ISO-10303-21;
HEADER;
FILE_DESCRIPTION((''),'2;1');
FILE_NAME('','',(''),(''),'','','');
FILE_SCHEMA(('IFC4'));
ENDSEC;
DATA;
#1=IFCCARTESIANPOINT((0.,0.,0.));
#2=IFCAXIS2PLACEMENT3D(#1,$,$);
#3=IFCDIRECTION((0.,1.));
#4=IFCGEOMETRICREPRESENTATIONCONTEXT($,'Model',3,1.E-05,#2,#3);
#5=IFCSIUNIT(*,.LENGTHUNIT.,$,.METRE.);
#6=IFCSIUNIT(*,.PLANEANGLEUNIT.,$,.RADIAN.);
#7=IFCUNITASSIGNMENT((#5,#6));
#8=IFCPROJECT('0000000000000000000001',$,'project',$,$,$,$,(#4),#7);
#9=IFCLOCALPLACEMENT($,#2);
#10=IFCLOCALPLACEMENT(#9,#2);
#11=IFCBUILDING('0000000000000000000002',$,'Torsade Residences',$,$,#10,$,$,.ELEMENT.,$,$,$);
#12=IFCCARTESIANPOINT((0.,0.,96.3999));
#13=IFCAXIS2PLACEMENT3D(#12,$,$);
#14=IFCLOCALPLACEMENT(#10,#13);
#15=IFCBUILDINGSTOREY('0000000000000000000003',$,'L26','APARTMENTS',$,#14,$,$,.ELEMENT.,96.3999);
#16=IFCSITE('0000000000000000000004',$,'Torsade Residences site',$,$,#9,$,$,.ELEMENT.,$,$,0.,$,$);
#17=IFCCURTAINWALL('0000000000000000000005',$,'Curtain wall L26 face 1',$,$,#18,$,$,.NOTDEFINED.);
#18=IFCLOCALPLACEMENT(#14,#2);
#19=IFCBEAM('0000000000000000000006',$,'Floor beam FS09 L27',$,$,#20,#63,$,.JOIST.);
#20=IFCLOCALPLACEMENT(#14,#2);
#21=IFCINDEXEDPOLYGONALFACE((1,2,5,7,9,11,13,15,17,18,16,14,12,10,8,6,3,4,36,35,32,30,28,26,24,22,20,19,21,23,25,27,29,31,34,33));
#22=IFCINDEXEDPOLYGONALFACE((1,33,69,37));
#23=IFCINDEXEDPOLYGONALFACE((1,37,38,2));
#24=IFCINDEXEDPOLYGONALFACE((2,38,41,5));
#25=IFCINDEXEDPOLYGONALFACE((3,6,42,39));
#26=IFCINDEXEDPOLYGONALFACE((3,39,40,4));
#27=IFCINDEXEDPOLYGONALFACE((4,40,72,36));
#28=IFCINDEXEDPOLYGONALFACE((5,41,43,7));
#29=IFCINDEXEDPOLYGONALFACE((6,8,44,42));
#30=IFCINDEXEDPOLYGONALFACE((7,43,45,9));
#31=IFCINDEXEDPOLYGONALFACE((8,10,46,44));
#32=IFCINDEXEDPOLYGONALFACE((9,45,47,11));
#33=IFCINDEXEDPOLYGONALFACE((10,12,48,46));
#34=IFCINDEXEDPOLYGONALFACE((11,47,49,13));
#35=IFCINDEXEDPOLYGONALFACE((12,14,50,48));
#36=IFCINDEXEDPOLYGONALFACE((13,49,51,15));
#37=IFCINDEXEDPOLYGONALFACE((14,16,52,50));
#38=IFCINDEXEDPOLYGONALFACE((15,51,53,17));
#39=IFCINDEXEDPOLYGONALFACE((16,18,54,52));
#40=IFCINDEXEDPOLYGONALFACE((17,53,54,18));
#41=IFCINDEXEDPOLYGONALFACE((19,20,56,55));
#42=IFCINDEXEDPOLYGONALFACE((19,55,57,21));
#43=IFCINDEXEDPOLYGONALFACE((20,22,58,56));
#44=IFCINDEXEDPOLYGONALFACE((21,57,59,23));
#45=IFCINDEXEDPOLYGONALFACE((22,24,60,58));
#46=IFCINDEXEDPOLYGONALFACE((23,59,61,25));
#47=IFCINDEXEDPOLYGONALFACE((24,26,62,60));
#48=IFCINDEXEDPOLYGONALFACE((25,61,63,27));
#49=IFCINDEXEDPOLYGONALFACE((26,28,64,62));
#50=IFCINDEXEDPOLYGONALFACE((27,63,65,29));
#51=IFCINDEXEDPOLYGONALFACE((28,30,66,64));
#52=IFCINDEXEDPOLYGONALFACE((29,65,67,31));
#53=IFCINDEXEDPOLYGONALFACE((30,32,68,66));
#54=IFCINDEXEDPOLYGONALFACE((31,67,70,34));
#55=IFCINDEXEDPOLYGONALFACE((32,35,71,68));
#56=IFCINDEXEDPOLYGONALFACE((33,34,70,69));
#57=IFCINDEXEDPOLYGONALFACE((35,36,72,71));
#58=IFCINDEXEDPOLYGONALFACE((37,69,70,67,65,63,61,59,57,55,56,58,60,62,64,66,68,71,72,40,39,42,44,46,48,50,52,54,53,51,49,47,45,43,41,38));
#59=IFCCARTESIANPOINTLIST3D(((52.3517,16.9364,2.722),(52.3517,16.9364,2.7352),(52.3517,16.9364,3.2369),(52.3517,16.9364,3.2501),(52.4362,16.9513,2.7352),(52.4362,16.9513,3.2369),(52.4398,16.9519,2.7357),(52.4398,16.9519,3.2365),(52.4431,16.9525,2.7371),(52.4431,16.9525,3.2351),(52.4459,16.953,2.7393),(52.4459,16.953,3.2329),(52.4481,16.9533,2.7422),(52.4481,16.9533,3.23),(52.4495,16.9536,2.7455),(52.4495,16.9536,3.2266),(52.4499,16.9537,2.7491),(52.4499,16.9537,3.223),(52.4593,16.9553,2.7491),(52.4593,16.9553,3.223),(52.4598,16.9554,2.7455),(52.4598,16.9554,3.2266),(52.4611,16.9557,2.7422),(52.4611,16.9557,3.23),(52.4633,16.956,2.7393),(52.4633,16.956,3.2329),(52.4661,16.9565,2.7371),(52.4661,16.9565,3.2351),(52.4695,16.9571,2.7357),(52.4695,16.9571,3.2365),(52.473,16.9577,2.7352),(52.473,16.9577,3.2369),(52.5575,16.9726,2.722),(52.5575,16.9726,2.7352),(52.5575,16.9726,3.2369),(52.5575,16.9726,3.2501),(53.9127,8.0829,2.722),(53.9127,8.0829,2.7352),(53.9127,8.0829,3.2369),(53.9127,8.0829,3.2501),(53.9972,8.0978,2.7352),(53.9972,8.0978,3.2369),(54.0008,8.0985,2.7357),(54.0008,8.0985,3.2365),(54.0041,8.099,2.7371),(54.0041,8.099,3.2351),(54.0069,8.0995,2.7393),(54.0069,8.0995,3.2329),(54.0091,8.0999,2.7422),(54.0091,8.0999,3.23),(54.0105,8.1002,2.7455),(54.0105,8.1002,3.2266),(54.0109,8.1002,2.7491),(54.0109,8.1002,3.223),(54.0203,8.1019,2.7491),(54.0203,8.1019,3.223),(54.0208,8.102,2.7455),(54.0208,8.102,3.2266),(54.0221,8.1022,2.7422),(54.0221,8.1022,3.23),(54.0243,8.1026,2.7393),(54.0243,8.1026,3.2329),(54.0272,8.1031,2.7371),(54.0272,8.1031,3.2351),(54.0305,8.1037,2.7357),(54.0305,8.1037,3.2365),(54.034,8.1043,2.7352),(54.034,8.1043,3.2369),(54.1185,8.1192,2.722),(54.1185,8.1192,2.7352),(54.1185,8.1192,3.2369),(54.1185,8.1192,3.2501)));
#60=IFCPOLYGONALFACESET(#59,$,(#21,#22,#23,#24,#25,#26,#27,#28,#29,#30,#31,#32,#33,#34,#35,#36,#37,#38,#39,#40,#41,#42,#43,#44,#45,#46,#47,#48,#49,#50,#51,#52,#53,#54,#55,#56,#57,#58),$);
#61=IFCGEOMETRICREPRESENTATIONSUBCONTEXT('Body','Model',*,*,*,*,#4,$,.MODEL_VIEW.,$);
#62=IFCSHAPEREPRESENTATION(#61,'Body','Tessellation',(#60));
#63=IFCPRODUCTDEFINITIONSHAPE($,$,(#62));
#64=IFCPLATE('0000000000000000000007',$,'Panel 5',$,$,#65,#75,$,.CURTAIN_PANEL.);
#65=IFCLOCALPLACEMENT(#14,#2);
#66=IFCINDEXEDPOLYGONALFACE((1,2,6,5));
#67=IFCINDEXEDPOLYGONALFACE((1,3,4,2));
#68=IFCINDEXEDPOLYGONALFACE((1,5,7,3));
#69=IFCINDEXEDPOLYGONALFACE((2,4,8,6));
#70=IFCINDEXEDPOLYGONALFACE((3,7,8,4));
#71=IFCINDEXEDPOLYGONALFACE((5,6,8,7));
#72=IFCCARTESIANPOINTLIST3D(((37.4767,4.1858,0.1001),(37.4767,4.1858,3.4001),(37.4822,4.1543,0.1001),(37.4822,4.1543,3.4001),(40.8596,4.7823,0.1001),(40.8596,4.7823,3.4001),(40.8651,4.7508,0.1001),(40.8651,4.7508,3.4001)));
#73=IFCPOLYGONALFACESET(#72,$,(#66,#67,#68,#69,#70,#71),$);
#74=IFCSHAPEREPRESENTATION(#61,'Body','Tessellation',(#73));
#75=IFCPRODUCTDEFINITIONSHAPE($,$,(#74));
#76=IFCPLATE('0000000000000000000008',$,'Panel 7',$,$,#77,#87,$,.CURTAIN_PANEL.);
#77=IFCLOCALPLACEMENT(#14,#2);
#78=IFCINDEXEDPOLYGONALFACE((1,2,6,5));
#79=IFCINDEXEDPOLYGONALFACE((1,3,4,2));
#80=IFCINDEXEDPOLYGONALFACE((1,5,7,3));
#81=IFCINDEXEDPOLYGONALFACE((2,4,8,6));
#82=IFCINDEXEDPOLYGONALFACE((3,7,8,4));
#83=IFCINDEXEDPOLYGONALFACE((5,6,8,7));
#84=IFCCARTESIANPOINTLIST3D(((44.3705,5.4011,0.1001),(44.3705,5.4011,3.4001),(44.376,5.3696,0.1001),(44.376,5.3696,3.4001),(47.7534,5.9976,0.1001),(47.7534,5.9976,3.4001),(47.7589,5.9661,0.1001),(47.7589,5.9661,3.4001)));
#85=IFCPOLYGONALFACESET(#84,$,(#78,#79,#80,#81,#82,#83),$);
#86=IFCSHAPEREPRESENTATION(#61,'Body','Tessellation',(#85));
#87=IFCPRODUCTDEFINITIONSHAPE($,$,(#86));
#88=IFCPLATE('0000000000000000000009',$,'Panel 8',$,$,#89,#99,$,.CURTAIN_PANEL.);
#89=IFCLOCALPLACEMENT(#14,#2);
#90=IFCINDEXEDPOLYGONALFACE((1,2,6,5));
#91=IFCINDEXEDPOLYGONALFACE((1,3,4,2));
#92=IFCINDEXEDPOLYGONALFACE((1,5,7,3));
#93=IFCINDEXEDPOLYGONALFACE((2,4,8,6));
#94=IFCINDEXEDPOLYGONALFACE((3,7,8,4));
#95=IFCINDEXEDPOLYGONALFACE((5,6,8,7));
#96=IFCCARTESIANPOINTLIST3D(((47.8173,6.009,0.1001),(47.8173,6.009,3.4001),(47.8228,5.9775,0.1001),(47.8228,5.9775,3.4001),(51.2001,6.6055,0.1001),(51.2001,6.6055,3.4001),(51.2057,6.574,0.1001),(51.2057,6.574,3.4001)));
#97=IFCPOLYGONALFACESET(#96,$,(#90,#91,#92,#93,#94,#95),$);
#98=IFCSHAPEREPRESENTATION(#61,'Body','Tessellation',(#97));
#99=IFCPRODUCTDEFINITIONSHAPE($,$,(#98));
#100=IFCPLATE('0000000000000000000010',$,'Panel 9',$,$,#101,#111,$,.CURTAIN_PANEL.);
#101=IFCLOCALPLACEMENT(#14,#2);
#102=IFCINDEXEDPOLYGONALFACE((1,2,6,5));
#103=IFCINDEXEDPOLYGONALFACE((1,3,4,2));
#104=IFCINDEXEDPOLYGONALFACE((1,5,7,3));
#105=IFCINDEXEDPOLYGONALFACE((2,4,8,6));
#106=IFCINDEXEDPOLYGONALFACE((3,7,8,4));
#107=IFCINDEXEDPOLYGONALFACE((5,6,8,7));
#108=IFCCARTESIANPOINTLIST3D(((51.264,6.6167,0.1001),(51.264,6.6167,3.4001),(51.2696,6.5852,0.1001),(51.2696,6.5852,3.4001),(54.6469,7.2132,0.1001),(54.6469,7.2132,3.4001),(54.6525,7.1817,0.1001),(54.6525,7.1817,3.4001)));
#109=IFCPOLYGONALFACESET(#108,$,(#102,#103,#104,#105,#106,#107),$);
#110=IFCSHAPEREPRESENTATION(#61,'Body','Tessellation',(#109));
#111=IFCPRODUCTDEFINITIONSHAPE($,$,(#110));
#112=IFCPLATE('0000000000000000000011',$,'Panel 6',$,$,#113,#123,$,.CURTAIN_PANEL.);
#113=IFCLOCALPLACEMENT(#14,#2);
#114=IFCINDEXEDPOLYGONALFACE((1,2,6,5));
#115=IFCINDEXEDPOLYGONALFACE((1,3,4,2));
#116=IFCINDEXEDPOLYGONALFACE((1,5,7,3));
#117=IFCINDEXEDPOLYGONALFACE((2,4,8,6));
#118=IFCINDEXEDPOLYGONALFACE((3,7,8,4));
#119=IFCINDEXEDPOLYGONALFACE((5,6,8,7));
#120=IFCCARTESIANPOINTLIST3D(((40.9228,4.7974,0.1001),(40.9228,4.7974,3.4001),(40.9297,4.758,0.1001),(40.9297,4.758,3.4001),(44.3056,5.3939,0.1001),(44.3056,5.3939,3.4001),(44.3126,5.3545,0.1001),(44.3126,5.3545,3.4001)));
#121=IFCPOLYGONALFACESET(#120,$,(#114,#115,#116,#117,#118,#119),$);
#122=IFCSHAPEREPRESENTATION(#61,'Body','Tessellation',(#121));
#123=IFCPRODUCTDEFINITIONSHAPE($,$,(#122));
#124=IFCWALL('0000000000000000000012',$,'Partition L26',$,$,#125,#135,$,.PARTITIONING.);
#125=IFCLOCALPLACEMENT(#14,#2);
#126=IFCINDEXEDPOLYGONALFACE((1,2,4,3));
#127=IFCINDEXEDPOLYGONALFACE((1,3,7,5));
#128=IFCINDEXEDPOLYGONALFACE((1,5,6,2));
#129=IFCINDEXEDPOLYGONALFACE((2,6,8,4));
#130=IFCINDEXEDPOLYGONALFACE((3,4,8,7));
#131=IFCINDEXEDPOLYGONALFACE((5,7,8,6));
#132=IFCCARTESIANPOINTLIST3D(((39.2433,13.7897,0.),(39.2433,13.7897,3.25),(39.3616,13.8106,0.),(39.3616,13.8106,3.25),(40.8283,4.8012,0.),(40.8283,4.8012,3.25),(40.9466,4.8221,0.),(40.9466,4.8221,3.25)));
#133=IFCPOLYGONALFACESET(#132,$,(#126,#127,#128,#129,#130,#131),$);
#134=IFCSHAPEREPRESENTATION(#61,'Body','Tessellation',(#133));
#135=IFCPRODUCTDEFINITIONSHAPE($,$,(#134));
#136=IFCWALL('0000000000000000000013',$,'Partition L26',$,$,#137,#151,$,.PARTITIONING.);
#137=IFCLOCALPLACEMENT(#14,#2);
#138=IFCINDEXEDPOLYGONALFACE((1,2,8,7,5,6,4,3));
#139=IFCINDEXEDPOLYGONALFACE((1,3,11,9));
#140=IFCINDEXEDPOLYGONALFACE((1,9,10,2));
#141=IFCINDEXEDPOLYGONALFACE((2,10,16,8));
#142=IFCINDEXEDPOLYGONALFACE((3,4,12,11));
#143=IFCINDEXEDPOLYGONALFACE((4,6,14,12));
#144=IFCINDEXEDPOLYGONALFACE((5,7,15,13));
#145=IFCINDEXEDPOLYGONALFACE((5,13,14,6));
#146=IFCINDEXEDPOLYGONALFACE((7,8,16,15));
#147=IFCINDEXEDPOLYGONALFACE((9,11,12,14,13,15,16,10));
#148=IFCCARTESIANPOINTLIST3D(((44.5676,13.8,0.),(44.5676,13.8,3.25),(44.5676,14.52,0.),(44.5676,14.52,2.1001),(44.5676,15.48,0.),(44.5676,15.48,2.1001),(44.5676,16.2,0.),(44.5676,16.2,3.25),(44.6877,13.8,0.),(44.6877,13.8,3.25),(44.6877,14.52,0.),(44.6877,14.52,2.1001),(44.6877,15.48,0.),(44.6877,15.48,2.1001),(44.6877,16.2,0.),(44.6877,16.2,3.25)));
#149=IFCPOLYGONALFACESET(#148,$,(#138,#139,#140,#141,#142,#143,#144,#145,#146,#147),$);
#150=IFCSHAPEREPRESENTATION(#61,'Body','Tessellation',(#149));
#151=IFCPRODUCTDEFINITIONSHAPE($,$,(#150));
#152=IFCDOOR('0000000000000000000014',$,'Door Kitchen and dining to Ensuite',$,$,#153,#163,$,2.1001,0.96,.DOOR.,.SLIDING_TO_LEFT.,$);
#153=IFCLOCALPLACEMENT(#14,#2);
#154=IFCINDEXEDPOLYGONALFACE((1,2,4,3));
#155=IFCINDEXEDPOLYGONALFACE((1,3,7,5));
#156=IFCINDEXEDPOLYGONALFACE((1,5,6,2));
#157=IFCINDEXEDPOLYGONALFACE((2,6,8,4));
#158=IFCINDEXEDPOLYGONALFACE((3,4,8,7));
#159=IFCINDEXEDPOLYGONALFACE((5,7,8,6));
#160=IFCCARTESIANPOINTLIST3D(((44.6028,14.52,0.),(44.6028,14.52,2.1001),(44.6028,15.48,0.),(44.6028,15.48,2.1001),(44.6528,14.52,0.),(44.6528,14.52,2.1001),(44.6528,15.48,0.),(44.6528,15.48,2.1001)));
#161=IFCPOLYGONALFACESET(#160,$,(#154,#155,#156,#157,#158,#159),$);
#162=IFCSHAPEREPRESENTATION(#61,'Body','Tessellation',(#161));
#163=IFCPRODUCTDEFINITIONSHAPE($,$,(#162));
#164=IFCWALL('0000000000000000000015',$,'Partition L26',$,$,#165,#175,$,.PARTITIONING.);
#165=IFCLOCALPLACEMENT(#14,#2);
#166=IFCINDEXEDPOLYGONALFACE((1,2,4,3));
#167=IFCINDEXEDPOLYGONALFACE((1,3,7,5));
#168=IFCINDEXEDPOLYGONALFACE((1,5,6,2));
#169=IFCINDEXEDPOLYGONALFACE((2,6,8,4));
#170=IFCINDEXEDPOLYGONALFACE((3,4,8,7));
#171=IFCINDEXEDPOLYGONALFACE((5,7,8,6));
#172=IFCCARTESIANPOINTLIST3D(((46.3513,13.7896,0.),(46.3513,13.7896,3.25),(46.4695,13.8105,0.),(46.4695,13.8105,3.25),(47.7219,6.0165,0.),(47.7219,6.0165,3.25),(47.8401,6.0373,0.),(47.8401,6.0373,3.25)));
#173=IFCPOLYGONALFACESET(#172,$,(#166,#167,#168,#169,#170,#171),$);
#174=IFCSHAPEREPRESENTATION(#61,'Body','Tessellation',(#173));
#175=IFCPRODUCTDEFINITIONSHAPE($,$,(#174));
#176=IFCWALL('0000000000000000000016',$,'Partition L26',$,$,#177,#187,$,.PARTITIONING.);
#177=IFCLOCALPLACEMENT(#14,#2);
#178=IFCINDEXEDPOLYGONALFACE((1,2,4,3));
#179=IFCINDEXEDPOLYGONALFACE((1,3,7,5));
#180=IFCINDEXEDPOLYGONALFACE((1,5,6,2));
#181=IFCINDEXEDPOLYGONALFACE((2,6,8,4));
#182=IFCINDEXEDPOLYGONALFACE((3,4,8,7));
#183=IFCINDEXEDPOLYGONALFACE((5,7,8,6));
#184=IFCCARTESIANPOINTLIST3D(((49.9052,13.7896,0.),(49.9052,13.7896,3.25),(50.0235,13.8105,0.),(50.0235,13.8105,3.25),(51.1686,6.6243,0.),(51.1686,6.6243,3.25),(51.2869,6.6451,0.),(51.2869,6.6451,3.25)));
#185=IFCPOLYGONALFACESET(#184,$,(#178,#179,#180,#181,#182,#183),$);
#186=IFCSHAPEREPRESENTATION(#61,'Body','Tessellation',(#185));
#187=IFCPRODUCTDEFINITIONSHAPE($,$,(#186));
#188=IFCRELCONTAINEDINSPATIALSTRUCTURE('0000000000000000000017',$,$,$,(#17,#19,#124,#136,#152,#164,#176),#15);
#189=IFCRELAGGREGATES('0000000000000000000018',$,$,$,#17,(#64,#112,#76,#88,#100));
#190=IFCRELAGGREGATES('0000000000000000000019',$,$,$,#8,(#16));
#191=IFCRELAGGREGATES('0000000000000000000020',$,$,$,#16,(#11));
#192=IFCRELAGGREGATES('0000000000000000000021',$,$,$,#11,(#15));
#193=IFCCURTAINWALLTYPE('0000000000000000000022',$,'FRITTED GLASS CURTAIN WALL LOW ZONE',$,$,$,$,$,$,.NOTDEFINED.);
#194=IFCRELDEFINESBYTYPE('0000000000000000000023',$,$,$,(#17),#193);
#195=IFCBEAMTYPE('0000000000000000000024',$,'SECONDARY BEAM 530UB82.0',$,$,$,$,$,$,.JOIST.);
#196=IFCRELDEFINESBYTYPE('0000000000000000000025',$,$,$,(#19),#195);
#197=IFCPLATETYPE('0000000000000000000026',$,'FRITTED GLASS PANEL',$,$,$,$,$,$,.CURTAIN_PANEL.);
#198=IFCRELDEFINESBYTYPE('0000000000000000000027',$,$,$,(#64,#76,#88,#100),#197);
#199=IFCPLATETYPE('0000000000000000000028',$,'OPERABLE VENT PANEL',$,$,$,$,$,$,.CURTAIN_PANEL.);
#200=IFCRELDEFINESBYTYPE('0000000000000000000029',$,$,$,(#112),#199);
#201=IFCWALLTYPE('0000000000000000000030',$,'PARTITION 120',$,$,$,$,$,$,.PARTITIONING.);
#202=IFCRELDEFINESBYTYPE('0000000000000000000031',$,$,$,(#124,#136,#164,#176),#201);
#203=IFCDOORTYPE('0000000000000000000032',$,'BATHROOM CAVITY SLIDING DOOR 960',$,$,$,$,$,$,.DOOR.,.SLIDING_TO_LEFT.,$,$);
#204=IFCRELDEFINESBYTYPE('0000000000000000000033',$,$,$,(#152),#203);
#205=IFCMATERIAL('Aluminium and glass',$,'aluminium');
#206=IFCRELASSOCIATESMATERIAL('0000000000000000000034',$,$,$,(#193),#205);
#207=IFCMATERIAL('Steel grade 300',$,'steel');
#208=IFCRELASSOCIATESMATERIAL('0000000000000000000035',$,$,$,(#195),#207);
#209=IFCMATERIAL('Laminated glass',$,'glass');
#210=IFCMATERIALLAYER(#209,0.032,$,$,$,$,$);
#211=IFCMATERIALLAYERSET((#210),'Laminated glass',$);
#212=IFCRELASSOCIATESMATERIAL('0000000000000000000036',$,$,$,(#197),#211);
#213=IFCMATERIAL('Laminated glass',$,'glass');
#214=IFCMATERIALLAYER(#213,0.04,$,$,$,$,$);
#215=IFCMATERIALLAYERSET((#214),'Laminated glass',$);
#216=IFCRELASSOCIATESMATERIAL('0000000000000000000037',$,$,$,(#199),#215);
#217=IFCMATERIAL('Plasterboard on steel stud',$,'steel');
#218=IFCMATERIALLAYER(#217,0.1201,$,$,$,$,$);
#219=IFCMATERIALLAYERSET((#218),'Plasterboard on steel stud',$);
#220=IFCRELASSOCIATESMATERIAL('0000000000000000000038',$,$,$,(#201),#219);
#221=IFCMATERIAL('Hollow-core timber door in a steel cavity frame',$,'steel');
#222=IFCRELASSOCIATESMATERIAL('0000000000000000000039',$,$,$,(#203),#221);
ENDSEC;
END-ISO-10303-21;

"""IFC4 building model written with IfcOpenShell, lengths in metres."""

from ifc_helpers import new_model, si_unit, direction, frame, frame_2d, origin, origin_2d, place, context, subcontext, project, spatial, rectangle, i_section, extrude, material, layer, layer_set, material_profile, profile_set, type_object, element, fill, aggregate, save


model = new_model("IFC4")

# Units and contexts
model_context = context("Model", 3, precision=1e-05, world=origin(), true_north=direction((0.0, 1.0)))
body_context = subcontext(model_context, "Body", "Model", "MODEL_VIEW")
ifc_project = project(units=[si_unit("LENGTHUNIT", "METRE"), si_unit("PLANEANGLEUNIT", "RADIAN")], contexts=[model_context])

# Site, building, storey
site_placement = place(None, origin())
site = spatial("IfcSite", under=ifc_project, at=site_placement, Name="Torsade Residences site", CompositionType="ELEMENT", RefElevation=0.0)
building_placement = place(site_placement, origin())
building = spatial("IfcBuilding", under=site, at=building_placement, Name="Torsade Residences", CompositionType="ELEMENT")
storey_placement = place(building_placement, frame((0.0, 0.0, 96.3999)))
storey = spatial("IfcBuildingStorey", under=building, at=storey_placement, Name="L26", Description="APARTMENTS", CompositionType="ELEMENT", Elevation=96.3999)

# Curtain wall
ifc_material_1 = material(Name="Aluminium and glass", Category="aluminium")
curtain_wall_type = type_object("IfcCurtainWallType", Name="FRITTED GLASS CURTAIN WALL LOW ZONE", PredefinedType="NOTDEFINED", material=ifc_material_1)
curtain_wall_placement = place(storey_placement, origin())
curtain_wall = element("IfcCurtainWall", 1, at=curtain_wall_placement, inside=storey, type_object=curtain_wall_type, Name="Curtain wall L26 face 1", PredefinedType="NOTDEFINED")

# Beam
ifc_material_2 = material(Name="Steel grade 300", Category="steel")
ifc_material_profile_1 = material_profile(ifc_material_2, i_section(OverallWidth=0.209, OverallDepth=0.5281, WebThickness=0.0095, FlangeThickness=0.0132, FilletRadius=0.0139, at=origin_2d()), Name="530UB82.0")
ifc_profile_set_1 = profile_set([ifc_material_profile_1], Name="Steel grade 300")
beam_type_1 = type_object("IfcBeamType", Name="SECONDARY BEAM 530UB82.0", PredefinedType="JOIST", material=ifc_profile_set_1)
beam_1_placement = place(storey_placement, frame((54.0156, 8.1011, 2.9861), z_axis=(-0.17364, 0.984809, 0.0), x_axis=(-0.984809, -0.17364, 0.0)))
element("IfcBeam", 2, at=beam_1_placement, inside=storey, type_object=beam_type_1, Name="Floor beam FS09 L27", PredefinedType="JOIST", context=body_context, shape_type="SweptSolid", body=[
    extrude(i_section(OverallWidth=0.209, OverallDepth=0.5281, WebThickness=0.0095, FlangeThickness=0.0132, FilletRadius=0.0139, at=origin_2d()), origin(), (0.0, 0.0, 1.0), 8.99),
])

# Plates
ifc_material_3 = material(Name="Laminated glass", Category="glass")
ifc_layer_1 = layer(ifc_material_3, 0.032)
ifc_layer_set_1 = layer_set([ifc_layer_1], Name="Laminated glass")
plate_type_1 = type_object("IfcPlateType", Name="FRITTED GLASS PANEL", PredefinedType="CURTAIN_PANEL", material=ifc_layer_set_1)
plate_1_placement = place(storey_placement, frame((39.1709, 4.4683, 0.1001), z_axis=(0.0, 0.0, 1.0), x_axis=(0.984808, 0.173648, 0.0)))
plate_1 = element("IfcPlate", 3, at=plate_1_placement, type_object=plate_type_1, Name="Panel 5", PredefinedType="CURTAIN_PANEL", context=body_context, shape_type="SweptSolid", body=[
    extrude(rectangle(XDim=3.4351, YDim=0.032, at=origin_2d()), origin(), (0.0, 0.0, 1.0), 3.3),
])
plate_2_placement = place(storey_placement, frame((46.0647, 5.6836, 0.1001), z_axis=(0.0, 0.0, 1.0), x_axis=(0.984808, 0.173648, 0.0)))
plate_2 = element("IfcPlate", 4, at=plate_2_placement, type_object=plate_type_1, Name="Panel 7", PredefinedType="CURTAIN_PANEL", context=body_context, shape_type="SweptSolid", body=[
    extrude(rectangle(XDim=3.4351, YDim=0.032, at=origin_2d()), origin(), (0.0, 0.0, 1.0), 3.3),
])
plate_3_placement = place(storey_placement, frame((49.5115, 6.2915, 0.1001), z_axis=(0.0, 0.0, 1.0), x_axis=(0.984808, 0.173648, 0.0)))
plate_3 = element("IfcPlate", 5, at=plate_3_placement, type_object=plate_type_1, Name="Panel 8", PredefinedType="CURTAIN_PANEL", context=body_context, shape_type="SweptSolid", body=[
    extrude(rectangle(XDim=3.4351, YDim=0.032, at=origin_2d()), origin(), (0.0, 0.0, 1.0), 3.3),
])
plate_4_placement = place(storey_placement, frame((52.9583, 6.8992, 0.1001), z_axis=(0.0, 0.0, 1.0), x_axis=(0.984808, 0.173648, 0.0)))
plate_4 = element("IfcPlate", 6, at=plate_4_placement, type_object=plate_type_1, Name="Panel 9", PredefinedType="CURTAIN_PANEL", context=body_context, shape_type="SweptSolid", body=[
    extrude(rectangle(XDim=3.4351, YDim=0.032, at=origin_2d()), origin(), (0.0, 0.0, 1.0), 3.3),
])
ifc_material_4 = material(Name="Laminated glass", Category="glass")
ifc_layer_2 = layer(ifc_material_4, 0.04)
ifc_layer_set_2 = layer_set([ifc_layer_2], Name="Laminated glass")
plate_type_2 = type_object("IfcPlateType", Name="OPERABLE VENT PANEL", PredefinedType="CURTAIN_PANEL", material=ifc_layer_set_2)
plate_5_placement = place(storey_placement, frame((42.6177, 5.0759, 0.1001), z_axis=(0.0, 0.0, 1.0), x_axis=(0.984808, 0.173648, 0.0)))
plate_5 = element("IfcPlate", 7, at=plate_5_placement, type_object=plate_type_2, Name="Panel 6", PredefinedType="CURTAIN_PANEL", context=body_context, shape_type="SweptSolid", body=[
    extrude(rectangle(XDim=3.4351, YDim=0.04, at=origin_2d()), origin(), (0.0, 0.0, 1.0), 3.3),
])
aggregate(curtain_wall, [plate_1, plate_5, plate_2, plate_3, plate_4])

# Wall
ifc_material_5 = material(Name="Plasterboard on steel stud", Category="steel")
ifc_layer_3 = layer(ifc_material_5, 0.1201)
ifc_layer_set_3 = layer_set([ifc_layer_3], Name="Plasterboard on steel stud")
wall_type_1 = type_object("IfcWallType", Name="PARTITION 120", PredefinedType="PARTITIONING", material=ifc_layer_set_3)
wall_1_placement = place(storey_placement, frame((39.3025, 13.8, 0.0), z_axis=(0.0, 0.0, 1.0), x_axis=(0.173653, -0.984807, 0.0)))
element("IfcWall", 8, at=wall_1_placement, inside=storey, type_object=wall_type_1, Name="Partition L26", PredefinedType="PARTITIONING", context=body_context, shape_type="SweptSolid", body=[
    extrude(rectangle(XDim=9.1272, YDim=0.1201, at=frame_2d((4.5635, 0.0))), origin(), (0.0, 0.0, 1.0), 3.25),
])

# Wall, opening, door
wall_2_placement = place(storey_placement, frame((44.6277, 13.8, 0.0), z_axis=(0.0, 0.0, 1.0), x_axis=(0.0, 1.0, 0.0)))
wall_2 = element("IfcWall", 9, at=wall_2_placement, inside=storey, type_object=wall_type_1, Name="Partition L26", PredefinedType="PARTITIONING", context=body_context, shape_type="SweptSolid", body=[
    extrude(rectangle(XDim=2.3999, YDim=0.1201, at=frame_2d((1.2, 0.0))), origin(), (0.0, 0.0, 1.0), 3.25),
])
opening_placement = place(wall_2_placement, frame((0.72, 0.0, 0.0)))
opening = element("IfcOpeningElement", 10, at=opening_placement, cuts=wall_2, PredefinedType="OPENING", context=body_context, shape_type="SweptSolid", body=[
    extrude(rectangle(XDim=0.96, YDim=2.1001, at=frame_2d((0.48, 1.05))), frame((0.0, 0.0701, 0.0), z_axis=(0.0, -1.0, 0.0), x_axis=(1.0, 0.0, 0.0)), (0.0, 0.0, 1.0), 0.1401),
])
ifc_material_6 = material(Name="Hollow-core timber door in a steel cavity frame", Category="steel")
door_type = type_object("IfcDoorType", Name="BATHROOM CAVITY SLIDING DOOR 960", OperationType="SLIDING_TO_LEFT", PredefinedType="DOOR", material=ifc_material_6)
door_placement = place(opening_placement, origin())
door = element("IfcDoor", 11, at=door_placement, inside=storey, type_object=door_type, Name="Door Kitchen and dining to Ensuite", OperationType="SLIDING_TO_LEFT", OverallHeight=2.1001, OverallWidth=0.96, PredefinedType="DOOR", context=body_context, shape_type="SweptSolid", body=[
    extrude(rectangle(XDim=0.96, YDim=2.1001, at=frame_2d((0.48, 1.05))), frame((0.0, 0.0249, 0.0), z_axis=(0.0, -1.0, 0.0), x_axis=(1.0, 0.0, 0.0)), (0.0, 0.0, 1.0), 0.05),
])
fill(opening, door)

# Walls
wall_3_placement = place(storey_placement, frame((46.4104, 13.8, 0.0), z_axis=(0.0, 0.0, 1.0), x_axis=(0.173646, -0.984808, 0.0)))
element("IfcWall", 12, at=wall_3_placement, inside=storey, type_object=wall_type_1, Name="Partition L26", PredefinedType="PARTITIONING", context=body_context, shape_type="SweptSolid", body=[
    extrude(rectangle(XDim=7.8931, YDim=0.1201, at=frame_2d((3.9465, 0.0))), origin(), (0.0, 0.0, 1.0), 3.25),
])
wall_4_placement = place(storey_placement, frame((49.9644, 13.8, 0.0), z_axis=(0.0, 0.0, 1.0), x_axis=(0.173648, -0.984808, 0.0)))
element("IfcWall", 13, at=wall_4_placement, inside=storey, type_object=wall_type_1, Name="Partition L26", PredefinedType="PARTITIONING", context=body_context, shape_type="SweptSolid", body=[
    extrude(rectangle(XDim=7.2759, YDim=0.1201, at=frame_2d((3.6379, 0.0))), origin(), (0.0, 0.0, 1.0), 3.25),
])

save(model, "model.ifc")
